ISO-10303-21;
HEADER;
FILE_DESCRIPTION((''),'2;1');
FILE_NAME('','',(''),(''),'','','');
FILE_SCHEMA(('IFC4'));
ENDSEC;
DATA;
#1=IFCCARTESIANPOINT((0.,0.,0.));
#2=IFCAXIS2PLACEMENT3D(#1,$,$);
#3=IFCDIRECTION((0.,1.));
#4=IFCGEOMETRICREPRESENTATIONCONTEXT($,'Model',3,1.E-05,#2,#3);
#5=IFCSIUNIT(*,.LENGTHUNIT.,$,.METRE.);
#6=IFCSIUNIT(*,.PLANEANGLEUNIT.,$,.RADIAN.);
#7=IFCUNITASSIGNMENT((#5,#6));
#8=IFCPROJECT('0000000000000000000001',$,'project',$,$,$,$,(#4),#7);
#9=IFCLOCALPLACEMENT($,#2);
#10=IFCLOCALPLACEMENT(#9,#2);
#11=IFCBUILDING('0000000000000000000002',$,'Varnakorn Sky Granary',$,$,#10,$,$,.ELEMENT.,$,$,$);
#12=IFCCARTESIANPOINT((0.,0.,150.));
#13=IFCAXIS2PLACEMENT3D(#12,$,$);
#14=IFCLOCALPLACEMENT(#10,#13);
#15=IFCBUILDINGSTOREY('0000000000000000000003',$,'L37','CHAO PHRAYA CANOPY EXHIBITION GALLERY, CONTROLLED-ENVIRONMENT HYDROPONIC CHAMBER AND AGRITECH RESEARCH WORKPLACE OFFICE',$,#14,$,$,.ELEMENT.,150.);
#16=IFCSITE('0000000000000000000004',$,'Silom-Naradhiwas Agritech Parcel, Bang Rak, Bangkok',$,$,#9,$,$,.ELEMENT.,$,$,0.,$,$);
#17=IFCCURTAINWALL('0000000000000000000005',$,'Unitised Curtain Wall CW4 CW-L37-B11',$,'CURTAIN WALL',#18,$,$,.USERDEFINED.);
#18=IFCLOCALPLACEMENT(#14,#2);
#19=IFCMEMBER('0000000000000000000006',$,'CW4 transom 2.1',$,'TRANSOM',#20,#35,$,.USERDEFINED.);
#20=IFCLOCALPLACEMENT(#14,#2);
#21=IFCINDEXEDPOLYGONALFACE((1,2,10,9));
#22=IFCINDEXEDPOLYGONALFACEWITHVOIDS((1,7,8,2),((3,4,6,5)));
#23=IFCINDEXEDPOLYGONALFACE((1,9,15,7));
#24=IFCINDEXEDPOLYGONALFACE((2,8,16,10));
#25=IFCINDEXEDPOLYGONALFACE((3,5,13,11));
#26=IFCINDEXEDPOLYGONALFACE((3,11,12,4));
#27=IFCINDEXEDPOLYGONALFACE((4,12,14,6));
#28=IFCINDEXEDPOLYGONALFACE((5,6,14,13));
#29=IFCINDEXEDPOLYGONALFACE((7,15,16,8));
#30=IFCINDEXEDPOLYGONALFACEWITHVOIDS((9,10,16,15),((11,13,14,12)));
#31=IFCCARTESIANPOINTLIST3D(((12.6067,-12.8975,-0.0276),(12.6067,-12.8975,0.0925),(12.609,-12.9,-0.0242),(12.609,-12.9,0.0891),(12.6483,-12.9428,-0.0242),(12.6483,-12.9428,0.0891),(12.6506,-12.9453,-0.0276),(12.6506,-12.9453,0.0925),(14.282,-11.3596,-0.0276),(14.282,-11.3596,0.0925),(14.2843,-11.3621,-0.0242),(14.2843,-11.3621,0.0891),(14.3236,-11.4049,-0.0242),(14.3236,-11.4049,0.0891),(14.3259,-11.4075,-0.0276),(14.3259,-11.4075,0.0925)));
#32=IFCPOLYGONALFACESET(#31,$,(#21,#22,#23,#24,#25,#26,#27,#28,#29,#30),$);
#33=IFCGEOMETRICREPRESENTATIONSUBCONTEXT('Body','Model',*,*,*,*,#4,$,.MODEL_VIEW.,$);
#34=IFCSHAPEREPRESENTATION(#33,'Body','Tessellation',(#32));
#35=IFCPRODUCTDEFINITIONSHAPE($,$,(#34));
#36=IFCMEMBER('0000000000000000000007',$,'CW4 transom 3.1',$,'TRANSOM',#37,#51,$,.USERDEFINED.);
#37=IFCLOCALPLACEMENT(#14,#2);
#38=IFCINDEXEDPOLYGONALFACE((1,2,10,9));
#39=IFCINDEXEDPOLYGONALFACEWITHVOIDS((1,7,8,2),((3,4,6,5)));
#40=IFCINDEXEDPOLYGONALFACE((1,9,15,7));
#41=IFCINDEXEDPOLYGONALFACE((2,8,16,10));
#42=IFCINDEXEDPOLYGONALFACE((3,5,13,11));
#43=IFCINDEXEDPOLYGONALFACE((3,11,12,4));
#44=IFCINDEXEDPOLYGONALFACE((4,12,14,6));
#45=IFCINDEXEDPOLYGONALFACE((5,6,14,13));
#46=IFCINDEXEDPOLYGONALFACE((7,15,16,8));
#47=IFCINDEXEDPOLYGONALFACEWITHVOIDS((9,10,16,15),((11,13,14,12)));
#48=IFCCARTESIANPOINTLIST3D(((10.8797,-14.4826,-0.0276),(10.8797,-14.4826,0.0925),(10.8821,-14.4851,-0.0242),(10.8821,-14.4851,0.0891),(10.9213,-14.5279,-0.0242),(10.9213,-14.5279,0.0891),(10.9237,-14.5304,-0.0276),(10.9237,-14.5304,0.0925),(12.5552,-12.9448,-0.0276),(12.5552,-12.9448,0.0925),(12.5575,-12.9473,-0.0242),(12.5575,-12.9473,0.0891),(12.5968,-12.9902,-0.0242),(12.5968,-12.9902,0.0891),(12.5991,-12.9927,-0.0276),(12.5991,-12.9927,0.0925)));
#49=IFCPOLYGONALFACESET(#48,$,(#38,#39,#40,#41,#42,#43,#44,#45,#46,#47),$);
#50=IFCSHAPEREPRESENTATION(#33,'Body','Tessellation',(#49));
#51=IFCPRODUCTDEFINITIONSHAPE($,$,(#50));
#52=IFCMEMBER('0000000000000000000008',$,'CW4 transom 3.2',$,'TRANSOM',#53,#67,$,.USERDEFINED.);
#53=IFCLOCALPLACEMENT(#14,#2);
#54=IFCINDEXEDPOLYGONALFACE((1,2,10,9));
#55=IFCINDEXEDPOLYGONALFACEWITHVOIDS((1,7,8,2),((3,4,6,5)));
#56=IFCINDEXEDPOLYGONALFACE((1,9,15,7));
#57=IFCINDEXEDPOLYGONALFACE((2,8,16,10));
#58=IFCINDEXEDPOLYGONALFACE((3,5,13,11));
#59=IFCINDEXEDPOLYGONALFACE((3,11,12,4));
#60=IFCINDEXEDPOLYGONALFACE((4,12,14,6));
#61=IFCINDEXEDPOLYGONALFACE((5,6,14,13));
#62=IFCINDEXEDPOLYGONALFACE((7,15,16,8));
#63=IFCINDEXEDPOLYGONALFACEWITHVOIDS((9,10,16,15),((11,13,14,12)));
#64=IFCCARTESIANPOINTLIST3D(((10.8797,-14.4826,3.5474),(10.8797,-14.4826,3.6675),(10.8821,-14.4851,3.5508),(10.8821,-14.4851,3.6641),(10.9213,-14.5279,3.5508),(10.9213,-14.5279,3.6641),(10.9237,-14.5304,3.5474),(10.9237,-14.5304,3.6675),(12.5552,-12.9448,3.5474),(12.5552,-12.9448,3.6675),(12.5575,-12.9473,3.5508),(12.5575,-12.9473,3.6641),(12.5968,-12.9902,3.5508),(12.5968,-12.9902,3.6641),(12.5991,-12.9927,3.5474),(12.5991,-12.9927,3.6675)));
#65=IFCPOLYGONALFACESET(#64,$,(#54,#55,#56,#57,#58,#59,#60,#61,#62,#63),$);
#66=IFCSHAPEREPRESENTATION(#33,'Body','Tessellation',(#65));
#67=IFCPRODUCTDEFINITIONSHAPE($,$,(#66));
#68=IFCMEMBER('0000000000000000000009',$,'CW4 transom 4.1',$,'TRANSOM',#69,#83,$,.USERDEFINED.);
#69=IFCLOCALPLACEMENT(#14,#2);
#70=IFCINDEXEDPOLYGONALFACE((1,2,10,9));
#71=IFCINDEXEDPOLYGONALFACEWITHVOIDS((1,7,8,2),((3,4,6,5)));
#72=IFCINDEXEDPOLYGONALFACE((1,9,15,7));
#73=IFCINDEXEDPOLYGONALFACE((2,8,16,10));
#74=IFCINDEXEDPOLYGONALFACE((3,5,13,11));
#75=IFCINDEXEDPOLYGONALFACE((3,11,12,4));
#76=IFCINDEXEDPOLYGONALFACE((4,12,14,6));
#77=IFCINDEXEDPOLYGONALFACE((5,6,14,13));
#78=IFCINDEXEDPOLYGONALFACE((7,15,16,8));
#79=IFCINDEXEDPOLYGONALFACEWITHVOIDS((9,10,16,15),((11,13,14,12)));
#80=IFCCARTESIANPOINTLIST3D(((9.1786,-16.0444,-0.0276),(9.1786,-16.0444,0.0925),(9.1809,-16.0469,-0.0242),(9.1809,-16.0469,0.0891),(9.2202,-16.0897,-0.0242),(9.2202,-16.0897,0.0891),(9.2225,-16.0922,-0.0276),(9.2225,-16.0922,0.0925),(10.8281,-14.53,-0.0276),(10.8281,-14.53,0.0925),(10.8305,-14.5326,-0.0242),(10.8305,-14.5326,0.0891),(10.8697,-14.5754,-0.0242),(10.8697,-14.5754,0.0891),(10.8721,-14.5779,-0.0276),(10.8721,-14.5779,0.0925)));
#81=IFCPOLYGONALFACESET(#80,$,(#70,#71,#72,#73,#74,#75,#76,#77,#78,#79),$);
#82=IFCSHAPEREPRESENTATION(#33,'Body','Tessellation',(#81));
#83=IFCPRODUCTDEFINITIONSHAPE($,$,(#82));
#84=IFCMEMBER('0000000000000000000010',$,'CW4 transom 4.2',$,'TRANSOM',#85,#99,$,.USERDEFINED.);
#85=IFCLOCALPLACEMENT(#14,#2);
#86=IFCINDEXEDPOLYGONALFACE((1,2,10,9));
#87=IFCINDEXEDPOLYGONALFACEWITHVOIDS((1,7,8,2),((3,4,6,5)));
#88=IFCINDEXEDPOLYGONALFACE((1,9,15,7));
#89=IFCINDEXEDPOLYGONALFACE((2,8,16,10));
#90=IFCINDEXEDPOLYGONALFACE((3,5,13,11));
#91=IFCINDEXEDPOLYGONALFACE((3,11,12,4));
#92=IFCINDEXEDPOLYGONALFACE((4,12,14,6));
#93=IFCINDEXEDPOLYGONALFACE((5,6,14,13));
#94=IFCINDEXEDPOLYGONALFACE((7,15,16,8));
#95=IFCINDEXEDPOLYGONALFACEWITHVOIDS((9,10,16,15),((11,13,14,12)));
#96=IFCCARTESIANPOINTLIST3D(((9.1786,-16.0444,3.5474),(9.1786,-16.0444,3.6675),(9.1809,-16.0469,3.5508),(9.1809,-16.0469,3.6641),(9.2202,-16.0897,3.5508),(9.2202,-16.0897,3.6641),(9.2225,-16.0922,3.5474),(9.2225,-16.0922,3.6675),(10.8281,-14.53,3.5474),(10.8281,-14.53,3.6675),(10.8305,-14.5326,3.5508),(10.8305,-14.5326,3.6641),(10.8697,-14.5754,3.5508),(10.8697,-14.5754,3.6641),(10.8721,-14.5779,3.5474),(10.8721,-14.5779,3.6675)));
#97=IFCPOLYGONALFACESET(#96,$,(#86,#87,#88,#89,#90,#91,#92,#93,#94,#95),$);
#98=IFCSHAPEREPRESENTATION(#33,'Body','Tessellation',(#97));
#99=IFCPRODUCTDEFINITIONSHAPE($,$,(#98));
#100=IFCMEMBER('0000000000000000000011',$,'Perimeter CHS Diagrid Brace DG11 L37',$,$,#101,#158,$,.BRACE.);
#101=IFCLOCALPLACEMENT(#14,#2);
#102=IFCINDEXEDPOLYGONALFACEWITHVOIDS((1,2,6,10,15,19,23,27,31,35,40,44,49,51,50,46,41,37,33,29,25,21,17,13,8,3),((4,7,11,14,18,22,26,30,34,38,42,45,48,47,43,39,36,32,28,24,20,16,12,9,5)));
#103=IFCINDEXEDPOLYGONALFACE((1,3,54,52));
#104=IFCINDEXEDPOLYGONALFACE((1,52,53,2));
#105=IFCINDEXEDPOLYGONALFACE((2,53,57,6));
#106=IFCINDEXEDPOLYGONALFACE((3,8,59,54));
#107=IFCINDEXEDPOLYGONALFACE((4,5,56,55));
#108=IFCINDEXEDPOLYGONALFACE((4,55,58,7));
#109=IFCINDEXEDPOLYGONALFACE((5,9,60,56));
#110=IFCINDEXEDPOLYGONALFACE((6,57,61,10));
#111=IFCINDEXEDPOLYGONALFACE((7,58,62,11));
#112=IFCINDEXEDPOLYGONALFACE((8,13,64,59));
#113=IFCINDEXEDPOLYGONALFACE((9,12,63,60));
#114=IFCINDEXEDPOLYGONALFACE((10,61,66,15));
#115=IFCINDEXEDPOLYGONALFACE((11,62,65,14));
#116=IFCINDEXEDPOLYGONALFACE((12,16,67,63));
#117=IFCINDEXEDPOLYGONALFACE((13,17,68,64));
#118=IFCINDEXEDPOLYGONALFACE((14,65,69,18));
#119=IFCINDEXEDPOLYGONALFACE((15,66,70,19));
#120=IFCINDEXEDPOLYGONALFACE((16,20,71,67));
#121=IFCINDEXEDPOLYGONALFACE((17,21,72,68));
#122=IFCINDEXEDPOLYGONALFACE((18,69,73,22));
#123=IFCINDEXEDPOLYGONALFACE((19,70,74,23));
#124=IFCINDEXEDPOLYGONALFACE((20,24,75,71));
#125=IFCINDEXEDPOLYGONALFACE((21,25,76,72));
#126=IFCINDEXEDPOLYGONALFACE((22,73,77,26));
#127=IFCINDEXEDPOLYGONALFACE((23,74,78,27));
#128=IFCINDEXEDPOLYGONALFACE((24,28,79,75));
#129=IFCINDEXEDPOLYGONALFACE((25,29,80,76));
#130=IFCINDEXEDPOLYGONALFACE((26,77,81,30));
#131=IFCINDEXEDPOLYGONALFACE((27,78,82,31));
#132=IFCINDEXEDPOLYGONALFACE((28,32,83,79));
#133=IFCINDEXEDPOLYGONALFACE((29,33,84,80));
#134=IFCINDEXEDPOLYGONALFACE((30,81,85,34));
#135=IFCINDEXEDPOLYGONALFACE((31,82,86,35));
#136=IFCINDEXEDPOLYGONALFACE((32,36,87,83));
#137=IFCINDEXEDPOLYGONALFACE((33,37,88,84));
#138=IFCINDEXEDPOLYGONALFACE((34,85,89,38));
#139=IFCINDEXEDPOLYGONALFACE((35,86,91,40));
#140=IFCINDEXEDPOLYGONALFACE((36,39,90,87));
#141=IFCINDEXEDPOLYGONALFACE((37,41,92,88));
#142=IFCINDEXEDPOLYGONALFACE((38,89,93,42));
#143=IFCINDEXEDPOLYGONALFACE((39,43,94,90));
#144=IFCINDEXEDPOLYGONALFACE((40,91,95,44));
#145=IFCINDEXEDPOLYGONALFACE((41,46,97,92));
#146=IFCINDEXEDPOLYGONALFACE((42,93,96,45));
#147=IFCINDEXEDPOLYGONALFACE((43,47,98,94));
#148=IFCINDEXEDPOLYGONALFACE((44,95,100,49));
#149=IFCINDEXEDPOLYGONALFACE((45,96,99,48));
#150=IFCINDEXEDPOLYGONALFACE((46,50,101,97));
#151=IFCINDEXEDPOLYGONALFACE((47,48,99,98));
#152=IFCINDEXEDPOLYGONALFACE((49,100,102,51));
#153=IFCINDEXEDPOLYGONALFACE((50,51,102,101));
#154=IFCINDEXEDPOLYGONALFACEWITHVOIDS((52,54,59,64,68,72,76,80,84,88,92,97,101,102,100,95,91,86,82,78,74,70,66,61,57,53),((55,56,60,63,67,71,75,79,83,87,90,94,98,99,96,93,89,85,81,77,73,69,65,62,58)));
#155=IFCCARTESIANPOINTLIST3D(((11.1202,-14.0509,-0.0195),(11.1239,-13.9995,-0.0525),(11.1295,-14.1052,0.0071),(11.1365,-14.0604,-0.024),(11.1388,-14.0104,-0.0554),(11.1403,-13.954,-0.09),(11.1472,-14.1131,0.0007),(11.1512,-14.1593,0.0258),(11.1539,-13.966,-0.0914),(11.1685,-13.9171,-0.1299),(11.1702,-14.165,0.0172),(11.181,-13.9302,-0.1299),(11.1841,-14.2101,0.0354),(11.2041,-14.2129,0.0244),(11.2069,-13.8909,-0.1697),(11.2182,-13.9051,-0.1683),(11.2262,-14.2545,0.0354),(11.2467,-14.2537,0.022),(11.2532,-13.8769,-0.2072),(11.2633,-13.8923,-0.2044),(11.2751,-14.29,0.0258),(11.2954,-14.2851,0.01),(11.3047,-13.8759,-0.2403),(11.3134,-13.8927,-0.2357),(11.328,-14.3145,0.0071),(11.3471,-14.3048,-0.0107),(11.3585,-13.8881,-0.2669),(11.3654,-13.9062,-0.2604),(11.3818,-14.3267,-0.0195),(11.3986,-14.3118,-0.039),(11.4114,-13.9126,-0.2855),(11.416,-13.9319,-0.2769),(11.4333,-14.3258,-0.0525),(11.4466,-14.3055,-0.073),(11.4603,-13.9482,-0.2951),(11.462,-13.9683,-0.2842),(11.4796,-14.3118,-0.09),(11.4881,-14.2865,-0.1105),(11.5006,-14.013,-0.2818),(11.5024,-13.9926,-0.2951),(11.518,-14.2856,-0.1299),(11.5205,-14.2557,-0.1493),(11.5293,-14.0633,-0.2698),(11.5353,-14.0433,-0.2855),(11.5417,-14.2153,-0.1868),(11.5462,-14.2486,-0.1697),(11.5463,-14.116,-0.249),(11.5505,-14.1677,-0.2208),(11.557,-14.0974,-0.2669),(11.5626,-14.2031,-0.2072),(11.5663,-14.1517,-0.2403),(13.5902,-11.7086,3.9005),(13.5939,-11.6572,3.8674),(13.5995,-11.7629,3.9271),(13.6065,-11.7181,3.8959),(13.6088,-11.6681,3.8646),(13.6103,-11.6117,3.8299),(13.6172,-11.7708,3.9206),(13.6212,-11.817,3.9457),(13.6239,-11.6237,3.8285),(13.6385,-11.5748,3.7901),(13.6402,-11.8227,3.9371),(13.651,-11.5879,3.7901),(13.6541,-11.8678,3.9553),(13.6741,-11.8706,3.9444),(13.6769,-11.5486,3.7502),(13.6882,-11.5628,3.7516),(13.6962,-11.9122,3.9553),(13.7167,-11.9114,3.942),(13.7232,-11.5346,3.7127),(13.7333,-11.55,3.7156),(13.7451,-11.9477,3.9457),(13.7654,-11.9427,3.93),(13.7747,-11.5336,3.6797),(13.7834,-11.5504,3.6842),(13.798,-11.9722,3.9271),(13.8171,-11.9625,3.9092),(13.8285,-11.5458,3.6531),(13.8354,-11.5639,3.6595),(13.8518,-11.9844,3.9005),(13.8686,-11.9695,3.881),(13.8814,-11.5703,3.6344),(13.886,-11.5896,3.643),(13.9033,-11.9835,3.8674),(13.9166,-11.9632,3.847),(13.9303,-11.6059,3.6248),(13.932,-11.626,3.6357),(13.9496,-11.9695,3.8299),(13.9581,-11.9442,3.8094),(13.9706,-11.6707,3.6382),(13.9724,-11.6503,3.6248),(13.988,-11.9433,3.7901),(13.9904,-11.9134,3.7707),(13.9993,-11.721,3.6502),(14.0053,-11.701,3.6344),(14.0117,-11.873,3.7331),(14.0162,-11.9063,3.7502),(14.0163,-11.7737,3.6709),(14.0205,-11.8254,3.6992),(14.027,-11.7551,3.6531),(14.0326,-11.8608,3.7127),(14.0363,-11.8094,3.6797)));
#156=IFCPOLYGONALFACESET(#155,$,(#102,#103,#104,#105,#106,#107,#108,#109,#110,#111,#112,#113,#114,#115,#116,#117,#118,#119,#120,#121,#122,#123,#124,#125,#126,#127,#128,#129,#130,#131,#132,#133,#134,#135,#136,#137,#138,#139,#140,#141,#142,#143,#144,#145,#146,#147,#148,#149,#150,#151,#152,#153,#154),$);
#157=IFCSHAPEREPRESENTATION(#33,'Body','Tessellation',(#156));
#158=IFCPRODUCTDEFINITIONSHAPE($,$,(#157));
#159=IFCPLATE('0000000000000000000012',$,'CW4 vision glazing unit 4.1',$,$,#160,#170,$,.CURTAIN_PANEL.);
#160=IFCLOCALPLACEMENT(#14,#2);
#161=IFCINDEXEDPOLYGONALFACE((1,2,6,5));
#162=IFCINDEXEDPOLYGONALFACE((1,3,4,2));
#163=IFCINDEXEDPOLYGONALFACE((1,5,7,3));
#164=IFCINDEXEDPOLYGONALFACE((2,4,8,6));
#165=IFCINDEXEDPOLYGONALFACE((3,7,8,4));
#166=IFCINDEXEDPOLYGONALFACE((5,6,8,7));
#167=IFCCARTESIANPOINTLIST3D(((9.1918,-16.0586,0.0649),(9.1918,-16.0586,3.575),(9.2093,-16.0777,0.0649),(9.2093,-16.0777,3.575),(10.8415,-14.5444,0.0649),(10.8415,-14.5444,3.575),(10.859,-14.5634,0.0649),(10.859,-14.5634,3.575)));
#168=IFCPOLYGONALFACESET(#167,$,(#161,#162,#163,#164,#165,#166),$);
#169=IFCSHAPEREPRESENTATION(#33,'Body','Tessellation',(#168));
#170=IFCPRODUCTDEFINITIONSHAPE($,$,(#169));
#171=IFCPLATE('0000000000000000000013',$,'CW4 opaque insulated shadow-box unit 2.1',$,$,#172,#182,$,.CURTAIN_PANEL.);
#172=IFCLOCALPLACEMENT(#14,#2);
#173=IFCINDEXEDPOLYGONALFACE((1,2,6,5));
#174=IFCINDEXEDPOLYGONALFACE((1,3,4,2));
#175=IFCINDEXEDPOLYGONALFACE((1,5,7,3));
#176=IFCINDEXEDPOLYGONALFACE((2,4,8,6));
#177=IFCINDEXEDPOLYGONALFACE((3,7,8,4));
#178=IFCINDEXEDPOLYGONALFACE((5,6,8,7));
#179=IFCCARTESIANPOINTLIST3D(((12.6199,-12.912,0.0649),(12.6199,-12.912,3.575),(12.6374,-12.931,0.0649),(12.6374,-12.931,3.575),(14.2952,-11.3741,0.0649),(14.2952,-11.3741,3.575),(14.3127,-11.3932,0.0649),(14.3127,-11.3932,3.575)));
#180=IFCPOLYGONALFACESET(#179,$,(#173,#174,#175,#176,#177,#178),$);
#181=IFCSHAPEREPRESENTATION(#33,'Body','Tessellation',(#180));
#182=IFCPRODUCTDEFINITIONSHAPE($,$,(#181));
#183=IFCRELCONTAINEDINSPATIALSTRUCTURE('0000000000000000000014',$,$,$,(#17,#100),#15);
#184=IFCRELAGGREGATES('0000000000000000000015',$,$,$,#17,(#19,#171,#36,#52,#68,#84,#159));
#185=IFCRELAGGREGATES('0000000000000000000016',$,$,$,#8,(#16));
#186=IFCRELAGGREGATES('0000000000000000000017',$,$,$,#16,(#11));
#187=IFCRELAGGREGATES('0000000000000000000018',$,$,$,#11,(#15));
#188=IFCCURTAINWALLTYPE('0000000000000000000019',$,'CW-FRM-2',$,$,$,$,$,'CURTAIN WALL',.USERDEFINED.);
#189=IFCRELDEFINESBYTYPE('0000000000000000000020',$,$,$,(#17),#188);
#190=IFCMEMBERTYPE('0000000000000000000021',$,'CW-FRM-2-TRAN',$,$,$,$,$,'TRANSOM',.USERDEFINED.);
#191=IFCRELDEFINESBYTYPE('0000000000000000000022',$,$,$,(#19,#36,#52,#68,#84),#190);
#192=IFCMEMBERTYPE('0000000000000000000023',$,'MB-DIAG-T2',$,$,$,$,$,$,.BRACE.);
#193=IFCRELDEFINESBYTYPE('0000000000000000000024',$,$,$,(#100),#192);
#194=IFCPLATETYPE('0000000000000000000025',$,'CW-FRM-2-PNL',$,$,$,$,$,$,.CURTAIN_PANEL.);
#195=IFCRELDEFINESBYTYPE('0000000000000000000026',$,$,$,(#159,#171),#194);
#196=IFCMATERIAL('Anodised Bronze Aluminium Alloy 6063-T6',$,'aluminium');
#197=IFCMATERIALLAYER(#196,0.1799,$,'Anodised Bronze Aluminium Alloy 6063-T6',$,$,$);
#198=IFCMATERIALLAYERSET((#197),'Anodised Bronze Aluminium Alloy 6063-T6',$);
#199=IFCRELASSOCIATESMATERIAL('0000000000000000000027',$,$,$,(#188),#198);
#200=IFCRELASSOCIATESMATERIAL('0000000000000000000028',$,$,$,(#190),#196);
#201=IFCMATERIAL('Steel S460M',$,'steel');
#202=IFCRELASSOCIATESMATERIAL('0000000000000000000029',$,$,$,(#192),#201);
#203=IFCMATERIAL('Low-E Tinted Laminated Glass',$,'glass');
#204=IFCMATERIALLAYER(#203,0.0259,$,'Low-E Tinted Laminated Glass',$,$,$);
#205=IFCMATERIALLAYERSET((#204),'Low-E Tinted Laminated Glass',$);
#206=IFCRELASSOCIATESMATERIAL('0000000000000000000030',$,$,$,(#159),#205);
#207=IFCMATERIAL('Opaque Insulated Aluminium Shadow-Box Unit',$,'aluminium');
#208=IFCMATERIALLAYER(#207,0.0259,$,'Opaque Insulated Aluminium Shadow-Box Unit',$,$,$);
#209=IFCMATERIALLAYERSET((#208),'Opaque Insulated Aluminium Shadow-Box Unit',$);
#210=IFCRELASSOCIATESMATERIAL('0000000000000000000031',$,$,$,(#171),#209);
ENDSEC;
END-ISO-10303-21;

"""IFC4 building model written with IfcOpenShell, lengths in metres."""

from ifc_helpers import new_model, si_unit, direction, frame, origin, origin_2d, place, context, subcontext, project, spatial, rectangle, hollow_rectangle, hollow_circle, extrude, source, transform, mapped, material, layer, layer_set, material_profile, profile_set, type_object, type_shapes, element, aggregate, save


model = new_model("IFC4")

# Units and contexts
model_context = context("Model", 3, precision=1e-05, world=origin(), true_north=direction((0.0, 1.0)))
body_context = subcontext(model_context, "Body", "Model", "MODEL_VIEW")
ifc_project = project(units=[si_unit("LENGTHUNIT", "METRE"), si_unit("PLANEANGLEUNIT", "RADIAN")], contexts=[model_context])

# Site, building, storey
site_placement = place(None, origin())
site = spatial("IfcSite", under=ifc_project, at=site_placement, Name="Silom-Naradhiwas Agritech Parcel, Bang Rak, Bangkok", CompositionType="ELEMENT", RefElevation=0.0)
building_placement = place(site_placement, origin())
building = spatial("IfcBuilding", under=site, at=building_placement, Name="Varnakorn Sky Granary", CompositionType="ELEMENT")
storey_placement = place(building_placement, frame((0.0, 0.0, 150.0)))
storey = spatial("IfcBuildingStorey", under=building, at=storey_placement, Name="L37", Description="CHAO PHRAYA CANOPY EXHIBITION GALLERY, CONTROLLED-ENVIRONMENT HYDROPONIC CHAMBER AND AGRITECH RESEARCH WORKPLACE OFFICE", CompositionType="ELEMENT", Elevation=150.0)

# Shared definitions
ifc_material_1 = material(Name="Steel S460M", Category="steel")

# Curtain wall, members
ifc_material_2 = material(Name="Anodised Bronze Aluminium Alloy 6063-T6", Category="aluminium")
ifc_layer_1 = layer(ifc_material_2, 0.1799, Name="Anodised Bronze Aluminium Alloy 6063-T6")
ifc_layer_set_1 = layer_set([ifc_layer_1], Name="Anodised Bronze Aluminium Alloy 6063-T6")
curtain_wall_type = type_object("IfcCurtainWallType", Name="CW-FRM-2", ElementType="CURTAIN WALL", PredefinedType="USERDEFINED", material=ifc_layer_set_1)
curtain_wall_placement = place(storey_placement, origin())
curtain_wall = element("IfcCurtainWall", 1, at=curtain_wall_placement, inside=storey, type_object=curtain_wall_type, Name="Unitised Curtain Wall CW4 CW-L37-B11", ObjectType="CURTAIN WALL", PredefinedType="USERDEFINED")
ifc_material_profile_1 = material_profile(ifc_material_2, hollow_rectangle(XDim=0.0649, YDim=0.1201, WallThickness=0.0034, at=origin_2d()), Name="ALU TRAN 65x120")
ifc_profile_set_1 = profile_set([ifc_material_profile_1], Name="Anodised Bronze Aluminium Alloy 6063-T6")
member_type_1 = type_object("IfcMemberType", Name="CW-FRM-2-TRAN", ElementType="TRANSOM", PredefinedType="USERDEFINED", material=ifc_profile_set_1)
member_1_placement = place(storey_placement, frame((14.304, -11.3835, 0.0325), z_axis=(-0.736682, -0.67624, 0.0), x_axis=(0.67624, -0.736682, 0.0)))
member_1 = element("IfcMember", 2, at=member_1_placement, type_object=member_type_1, Name="CW4 transom 2.1", ObjectType="TRANSOM", PredefinedType="USERDEFINED", context=body_context, shape_type="SweptSolid", body=[
    extrude(hollow_rectangle(XDim=0.0649, YDim=0.1201, WallThickness=0.0034, at=origin_2d()), origin(), (0.0, 0.0, 1.0), 2.2742),
])
member_2_placement = place(storey_placement, frame((12.5771, -12.9688, 0.0325), z_axis=(-0.736731, -0.676186, 0.0), x_axis=(0.676186, -0.736731, 0.0)))
member_2 = element("IfcMember", 3, at=member_2_placement, type_object=member_type_1, Name="CW4 transom 3.1", ObjectType="TRANSOM", PredefinedType="USERDEFINED", context=body_context, shape_type="SweptSolid", body=[
    extrude(hollow_rectangle(XDim=0.0649, YDim=0.1201, WallThickness=0.0034, at=origin_2d()), origin(), (0.0, 0.0, 1.0), 2.2742),
])
member_3_placement = place(storey_placement, frame((12.5771, -12.9688, 3.6074), z_axis=(-0.736731, -0.676186, 0.0), x_axis=(0.676186, -0.736731, 0.0)))
member_3 = element("IfcMember", 4, at=member_3_placement, type_object=member_type_1, Name="CW4 transom 3.2", ObjectType="TRANSOM", PredefinedType="USERDEFINED", context=body_context, shape_type="SweptSolid", body=[
    extrude(hollow_rectangle(XDim=0.0649, YDim=0.1201, WallThickness=0.0034, at=origin_2d()), origin(), (0.0, 0.0, 1.0), 2.2742),
])
member_4_placement = place(storey_placement, frame((10.8501, -14.554, 0.0325), z_axis=(-0.736661, -0.676263, 0.0), x_axis=(0.676263, -0.736661, 0.0)))
member_4 = element("IfcMember", 5, at=member_4_placement, type_object=member_type_1, Name="CW4 transom 4.1", ObjectType="TRANSOM", PredefinedType="USERDEFINED", context=body_context, shape_type="SweptSolid", body=[
    extrude(hollow_rectangle(XDim=0.0649, YDim=0.1201, WallThickness=0.0034, at=origin_2d()), origin(), (0.0, 0.0, 1.0), 2.2393),
])
member_5_placement = place(storey_placement, frame((10.8501, -14.554, 3.6074), z_axis=(-0.736661, -0.676263, 0.0), x_axis=(0.676263, -0.736661, 0.0)))
member_5 = element("IfcMember", 6, at=member_5_placement, type_object=member_type_1, Name="CW4 transom 4.2", ObjectType="TRANSOM", PredefinedType="USERDEFINED", context=body_context, shape_type="SweptSolid", body=[
    extrude(hollow_rectangle(XDim=0.0649, YDim=0.1201, WallThickness=0.0034, at=origin_2d()), origin(), (0.0, 0.0, 1.0), 2.2393),
])

# Member
ifc_material_profile_2 = material_profile(ifc_material_1, hollow_circle(Radius=0.2539, WallThickness=0.0181, at=origin_2d()), Name="CHS 508x18")
ifc_profile_set_2 = profile_set([ifc_material_profile_2], Name="Steel S460M")
member_type_2 = type_object("IfcMemberType", Name="MB-DIAG-T2", PredefinedType="BRACE", material=ifc_profile_set_2)
member_6_placement = place(storey_placement, frame((11.3433, -14.1013, -0.1299), z_axis=(0.475762, 0.451167, 0.755049), x_axis=(-0.688103, 0.725613, 0.0)))
element("IfcMember", 7, at=member_6_placement, inside=storey, type_object=member_type_2, Name="Perimeter CHS Diagrid Brace DG11 L37", PredefinedType="BRACE", context=body_context, shape_type="SweptSolid", body=[
    extrude(hollow_circle(Radius=0.2539, WallThickness=0.0181, at=origin_2d()), origin(), (0.0, 0.0, 1.0), 5.1917),
])

# Plates
ifc_material_3 = material(Name="Low-E Tinted Laminated Glass", Category="glass")
ifc_layer_2 = layer(ifc_material_3, 0.0259, Name="Low-E Tinted Laminated Glass")
ifc_layer_set_2 = layer_set([ifc_layer_2], Name="Low-E Tinted Laminated Glass")
plate_type = type_object("IfcPlateType", Name="CW-FRM-2-PNL", PredefinedType="CURTAIN_PANEL")
shared_shape_1 = source(origin(), body_context, "Body", "SweptSolid", [
    extrude(rectangle(XDim=2.2393, YDim=0.0259, at=origin_2d()), origin(), (0.0, 0.0, 1.0), 3.51),
])
plate_1_placement = place(storey_placement, frame((10.0254, -15.311, 0.0649), z_axis=(0.0, 0.0, 1.0), x_axis=(-0.736694, -0.676226, 0.0)))
plate_1 = element("IfcPlate", 8, at=plate_1_placement, type_object=plate_type, material=ifc_layer_set_2, Name="CW4 vision glazing unit 4.1", PredefinedType="CURTAIN_PANEL", context=body_context, shape_type="MappedRepresentation", body=[
    mapped(shared_shape_1, transform((0.0, 0.0, 0.0), x_axis=(1.0, 0.0, 0.0), y_axis=(0.0, 1.0, 0.0), z_axis=(0.0, 0.0, 1.0), scale=1.0)),
])
ifc_material_4 = material(Name="Opaque Insulated Aluminium Shadow-Box Unit", Category="aluminium")
ifc_layer_3 = layer(ifc_material_4, 0.0259, Name="Opaque Insulated Aluminium Shadow-Box Unit")
ifc_layer_set_3 = layer_set([ifc_layer_3], Name="Opaque Insulated Aluminium Shadow-Box Unit")
shared_shape_2 = source(origin(), body_context, "Body", "SweptSolid", [
    extrude(rectangle(XDim=2.2742, YDim=0.0259, at=origin_2d()), origin(), (0.0, 0.0, 1.0), 3.51),
])
type_shapes(plate_type, [shared_shape_1, shared_shape_2])
plate_2_placement = place(storey_placement, frame((13.4663, -12.1526, 0.0649), z_axis=(0.0, 0.0, 1.0), x_axis=(-0.736694, -0.676226, 0.0)))
plate_2 = element("IfcPlate", 9, at=plate_2_placement, type_object=plate_type, material=ifc_layer_set_3, Name="CW4 opaque insulated shadow-box unit 2.1", PredefinedType="CURTAIN_PANEL", context=body_context, shape_type="MappedRepresentation", body=[
    mapped(shared_shape_2, transform((0.0, 0.0, 0.0), x_axis=(1.0, 0.0, 0.0), y_axis=(0.0, 1.0, 0.0), z_axis=(0.0, 0.0, 1.0), scale=1.0)),
])
aggregate(curtain_wall, [member_1, plate_2, member_2, member_3, member_4, member_5, plate_1])

save(model, "model.ifc")
